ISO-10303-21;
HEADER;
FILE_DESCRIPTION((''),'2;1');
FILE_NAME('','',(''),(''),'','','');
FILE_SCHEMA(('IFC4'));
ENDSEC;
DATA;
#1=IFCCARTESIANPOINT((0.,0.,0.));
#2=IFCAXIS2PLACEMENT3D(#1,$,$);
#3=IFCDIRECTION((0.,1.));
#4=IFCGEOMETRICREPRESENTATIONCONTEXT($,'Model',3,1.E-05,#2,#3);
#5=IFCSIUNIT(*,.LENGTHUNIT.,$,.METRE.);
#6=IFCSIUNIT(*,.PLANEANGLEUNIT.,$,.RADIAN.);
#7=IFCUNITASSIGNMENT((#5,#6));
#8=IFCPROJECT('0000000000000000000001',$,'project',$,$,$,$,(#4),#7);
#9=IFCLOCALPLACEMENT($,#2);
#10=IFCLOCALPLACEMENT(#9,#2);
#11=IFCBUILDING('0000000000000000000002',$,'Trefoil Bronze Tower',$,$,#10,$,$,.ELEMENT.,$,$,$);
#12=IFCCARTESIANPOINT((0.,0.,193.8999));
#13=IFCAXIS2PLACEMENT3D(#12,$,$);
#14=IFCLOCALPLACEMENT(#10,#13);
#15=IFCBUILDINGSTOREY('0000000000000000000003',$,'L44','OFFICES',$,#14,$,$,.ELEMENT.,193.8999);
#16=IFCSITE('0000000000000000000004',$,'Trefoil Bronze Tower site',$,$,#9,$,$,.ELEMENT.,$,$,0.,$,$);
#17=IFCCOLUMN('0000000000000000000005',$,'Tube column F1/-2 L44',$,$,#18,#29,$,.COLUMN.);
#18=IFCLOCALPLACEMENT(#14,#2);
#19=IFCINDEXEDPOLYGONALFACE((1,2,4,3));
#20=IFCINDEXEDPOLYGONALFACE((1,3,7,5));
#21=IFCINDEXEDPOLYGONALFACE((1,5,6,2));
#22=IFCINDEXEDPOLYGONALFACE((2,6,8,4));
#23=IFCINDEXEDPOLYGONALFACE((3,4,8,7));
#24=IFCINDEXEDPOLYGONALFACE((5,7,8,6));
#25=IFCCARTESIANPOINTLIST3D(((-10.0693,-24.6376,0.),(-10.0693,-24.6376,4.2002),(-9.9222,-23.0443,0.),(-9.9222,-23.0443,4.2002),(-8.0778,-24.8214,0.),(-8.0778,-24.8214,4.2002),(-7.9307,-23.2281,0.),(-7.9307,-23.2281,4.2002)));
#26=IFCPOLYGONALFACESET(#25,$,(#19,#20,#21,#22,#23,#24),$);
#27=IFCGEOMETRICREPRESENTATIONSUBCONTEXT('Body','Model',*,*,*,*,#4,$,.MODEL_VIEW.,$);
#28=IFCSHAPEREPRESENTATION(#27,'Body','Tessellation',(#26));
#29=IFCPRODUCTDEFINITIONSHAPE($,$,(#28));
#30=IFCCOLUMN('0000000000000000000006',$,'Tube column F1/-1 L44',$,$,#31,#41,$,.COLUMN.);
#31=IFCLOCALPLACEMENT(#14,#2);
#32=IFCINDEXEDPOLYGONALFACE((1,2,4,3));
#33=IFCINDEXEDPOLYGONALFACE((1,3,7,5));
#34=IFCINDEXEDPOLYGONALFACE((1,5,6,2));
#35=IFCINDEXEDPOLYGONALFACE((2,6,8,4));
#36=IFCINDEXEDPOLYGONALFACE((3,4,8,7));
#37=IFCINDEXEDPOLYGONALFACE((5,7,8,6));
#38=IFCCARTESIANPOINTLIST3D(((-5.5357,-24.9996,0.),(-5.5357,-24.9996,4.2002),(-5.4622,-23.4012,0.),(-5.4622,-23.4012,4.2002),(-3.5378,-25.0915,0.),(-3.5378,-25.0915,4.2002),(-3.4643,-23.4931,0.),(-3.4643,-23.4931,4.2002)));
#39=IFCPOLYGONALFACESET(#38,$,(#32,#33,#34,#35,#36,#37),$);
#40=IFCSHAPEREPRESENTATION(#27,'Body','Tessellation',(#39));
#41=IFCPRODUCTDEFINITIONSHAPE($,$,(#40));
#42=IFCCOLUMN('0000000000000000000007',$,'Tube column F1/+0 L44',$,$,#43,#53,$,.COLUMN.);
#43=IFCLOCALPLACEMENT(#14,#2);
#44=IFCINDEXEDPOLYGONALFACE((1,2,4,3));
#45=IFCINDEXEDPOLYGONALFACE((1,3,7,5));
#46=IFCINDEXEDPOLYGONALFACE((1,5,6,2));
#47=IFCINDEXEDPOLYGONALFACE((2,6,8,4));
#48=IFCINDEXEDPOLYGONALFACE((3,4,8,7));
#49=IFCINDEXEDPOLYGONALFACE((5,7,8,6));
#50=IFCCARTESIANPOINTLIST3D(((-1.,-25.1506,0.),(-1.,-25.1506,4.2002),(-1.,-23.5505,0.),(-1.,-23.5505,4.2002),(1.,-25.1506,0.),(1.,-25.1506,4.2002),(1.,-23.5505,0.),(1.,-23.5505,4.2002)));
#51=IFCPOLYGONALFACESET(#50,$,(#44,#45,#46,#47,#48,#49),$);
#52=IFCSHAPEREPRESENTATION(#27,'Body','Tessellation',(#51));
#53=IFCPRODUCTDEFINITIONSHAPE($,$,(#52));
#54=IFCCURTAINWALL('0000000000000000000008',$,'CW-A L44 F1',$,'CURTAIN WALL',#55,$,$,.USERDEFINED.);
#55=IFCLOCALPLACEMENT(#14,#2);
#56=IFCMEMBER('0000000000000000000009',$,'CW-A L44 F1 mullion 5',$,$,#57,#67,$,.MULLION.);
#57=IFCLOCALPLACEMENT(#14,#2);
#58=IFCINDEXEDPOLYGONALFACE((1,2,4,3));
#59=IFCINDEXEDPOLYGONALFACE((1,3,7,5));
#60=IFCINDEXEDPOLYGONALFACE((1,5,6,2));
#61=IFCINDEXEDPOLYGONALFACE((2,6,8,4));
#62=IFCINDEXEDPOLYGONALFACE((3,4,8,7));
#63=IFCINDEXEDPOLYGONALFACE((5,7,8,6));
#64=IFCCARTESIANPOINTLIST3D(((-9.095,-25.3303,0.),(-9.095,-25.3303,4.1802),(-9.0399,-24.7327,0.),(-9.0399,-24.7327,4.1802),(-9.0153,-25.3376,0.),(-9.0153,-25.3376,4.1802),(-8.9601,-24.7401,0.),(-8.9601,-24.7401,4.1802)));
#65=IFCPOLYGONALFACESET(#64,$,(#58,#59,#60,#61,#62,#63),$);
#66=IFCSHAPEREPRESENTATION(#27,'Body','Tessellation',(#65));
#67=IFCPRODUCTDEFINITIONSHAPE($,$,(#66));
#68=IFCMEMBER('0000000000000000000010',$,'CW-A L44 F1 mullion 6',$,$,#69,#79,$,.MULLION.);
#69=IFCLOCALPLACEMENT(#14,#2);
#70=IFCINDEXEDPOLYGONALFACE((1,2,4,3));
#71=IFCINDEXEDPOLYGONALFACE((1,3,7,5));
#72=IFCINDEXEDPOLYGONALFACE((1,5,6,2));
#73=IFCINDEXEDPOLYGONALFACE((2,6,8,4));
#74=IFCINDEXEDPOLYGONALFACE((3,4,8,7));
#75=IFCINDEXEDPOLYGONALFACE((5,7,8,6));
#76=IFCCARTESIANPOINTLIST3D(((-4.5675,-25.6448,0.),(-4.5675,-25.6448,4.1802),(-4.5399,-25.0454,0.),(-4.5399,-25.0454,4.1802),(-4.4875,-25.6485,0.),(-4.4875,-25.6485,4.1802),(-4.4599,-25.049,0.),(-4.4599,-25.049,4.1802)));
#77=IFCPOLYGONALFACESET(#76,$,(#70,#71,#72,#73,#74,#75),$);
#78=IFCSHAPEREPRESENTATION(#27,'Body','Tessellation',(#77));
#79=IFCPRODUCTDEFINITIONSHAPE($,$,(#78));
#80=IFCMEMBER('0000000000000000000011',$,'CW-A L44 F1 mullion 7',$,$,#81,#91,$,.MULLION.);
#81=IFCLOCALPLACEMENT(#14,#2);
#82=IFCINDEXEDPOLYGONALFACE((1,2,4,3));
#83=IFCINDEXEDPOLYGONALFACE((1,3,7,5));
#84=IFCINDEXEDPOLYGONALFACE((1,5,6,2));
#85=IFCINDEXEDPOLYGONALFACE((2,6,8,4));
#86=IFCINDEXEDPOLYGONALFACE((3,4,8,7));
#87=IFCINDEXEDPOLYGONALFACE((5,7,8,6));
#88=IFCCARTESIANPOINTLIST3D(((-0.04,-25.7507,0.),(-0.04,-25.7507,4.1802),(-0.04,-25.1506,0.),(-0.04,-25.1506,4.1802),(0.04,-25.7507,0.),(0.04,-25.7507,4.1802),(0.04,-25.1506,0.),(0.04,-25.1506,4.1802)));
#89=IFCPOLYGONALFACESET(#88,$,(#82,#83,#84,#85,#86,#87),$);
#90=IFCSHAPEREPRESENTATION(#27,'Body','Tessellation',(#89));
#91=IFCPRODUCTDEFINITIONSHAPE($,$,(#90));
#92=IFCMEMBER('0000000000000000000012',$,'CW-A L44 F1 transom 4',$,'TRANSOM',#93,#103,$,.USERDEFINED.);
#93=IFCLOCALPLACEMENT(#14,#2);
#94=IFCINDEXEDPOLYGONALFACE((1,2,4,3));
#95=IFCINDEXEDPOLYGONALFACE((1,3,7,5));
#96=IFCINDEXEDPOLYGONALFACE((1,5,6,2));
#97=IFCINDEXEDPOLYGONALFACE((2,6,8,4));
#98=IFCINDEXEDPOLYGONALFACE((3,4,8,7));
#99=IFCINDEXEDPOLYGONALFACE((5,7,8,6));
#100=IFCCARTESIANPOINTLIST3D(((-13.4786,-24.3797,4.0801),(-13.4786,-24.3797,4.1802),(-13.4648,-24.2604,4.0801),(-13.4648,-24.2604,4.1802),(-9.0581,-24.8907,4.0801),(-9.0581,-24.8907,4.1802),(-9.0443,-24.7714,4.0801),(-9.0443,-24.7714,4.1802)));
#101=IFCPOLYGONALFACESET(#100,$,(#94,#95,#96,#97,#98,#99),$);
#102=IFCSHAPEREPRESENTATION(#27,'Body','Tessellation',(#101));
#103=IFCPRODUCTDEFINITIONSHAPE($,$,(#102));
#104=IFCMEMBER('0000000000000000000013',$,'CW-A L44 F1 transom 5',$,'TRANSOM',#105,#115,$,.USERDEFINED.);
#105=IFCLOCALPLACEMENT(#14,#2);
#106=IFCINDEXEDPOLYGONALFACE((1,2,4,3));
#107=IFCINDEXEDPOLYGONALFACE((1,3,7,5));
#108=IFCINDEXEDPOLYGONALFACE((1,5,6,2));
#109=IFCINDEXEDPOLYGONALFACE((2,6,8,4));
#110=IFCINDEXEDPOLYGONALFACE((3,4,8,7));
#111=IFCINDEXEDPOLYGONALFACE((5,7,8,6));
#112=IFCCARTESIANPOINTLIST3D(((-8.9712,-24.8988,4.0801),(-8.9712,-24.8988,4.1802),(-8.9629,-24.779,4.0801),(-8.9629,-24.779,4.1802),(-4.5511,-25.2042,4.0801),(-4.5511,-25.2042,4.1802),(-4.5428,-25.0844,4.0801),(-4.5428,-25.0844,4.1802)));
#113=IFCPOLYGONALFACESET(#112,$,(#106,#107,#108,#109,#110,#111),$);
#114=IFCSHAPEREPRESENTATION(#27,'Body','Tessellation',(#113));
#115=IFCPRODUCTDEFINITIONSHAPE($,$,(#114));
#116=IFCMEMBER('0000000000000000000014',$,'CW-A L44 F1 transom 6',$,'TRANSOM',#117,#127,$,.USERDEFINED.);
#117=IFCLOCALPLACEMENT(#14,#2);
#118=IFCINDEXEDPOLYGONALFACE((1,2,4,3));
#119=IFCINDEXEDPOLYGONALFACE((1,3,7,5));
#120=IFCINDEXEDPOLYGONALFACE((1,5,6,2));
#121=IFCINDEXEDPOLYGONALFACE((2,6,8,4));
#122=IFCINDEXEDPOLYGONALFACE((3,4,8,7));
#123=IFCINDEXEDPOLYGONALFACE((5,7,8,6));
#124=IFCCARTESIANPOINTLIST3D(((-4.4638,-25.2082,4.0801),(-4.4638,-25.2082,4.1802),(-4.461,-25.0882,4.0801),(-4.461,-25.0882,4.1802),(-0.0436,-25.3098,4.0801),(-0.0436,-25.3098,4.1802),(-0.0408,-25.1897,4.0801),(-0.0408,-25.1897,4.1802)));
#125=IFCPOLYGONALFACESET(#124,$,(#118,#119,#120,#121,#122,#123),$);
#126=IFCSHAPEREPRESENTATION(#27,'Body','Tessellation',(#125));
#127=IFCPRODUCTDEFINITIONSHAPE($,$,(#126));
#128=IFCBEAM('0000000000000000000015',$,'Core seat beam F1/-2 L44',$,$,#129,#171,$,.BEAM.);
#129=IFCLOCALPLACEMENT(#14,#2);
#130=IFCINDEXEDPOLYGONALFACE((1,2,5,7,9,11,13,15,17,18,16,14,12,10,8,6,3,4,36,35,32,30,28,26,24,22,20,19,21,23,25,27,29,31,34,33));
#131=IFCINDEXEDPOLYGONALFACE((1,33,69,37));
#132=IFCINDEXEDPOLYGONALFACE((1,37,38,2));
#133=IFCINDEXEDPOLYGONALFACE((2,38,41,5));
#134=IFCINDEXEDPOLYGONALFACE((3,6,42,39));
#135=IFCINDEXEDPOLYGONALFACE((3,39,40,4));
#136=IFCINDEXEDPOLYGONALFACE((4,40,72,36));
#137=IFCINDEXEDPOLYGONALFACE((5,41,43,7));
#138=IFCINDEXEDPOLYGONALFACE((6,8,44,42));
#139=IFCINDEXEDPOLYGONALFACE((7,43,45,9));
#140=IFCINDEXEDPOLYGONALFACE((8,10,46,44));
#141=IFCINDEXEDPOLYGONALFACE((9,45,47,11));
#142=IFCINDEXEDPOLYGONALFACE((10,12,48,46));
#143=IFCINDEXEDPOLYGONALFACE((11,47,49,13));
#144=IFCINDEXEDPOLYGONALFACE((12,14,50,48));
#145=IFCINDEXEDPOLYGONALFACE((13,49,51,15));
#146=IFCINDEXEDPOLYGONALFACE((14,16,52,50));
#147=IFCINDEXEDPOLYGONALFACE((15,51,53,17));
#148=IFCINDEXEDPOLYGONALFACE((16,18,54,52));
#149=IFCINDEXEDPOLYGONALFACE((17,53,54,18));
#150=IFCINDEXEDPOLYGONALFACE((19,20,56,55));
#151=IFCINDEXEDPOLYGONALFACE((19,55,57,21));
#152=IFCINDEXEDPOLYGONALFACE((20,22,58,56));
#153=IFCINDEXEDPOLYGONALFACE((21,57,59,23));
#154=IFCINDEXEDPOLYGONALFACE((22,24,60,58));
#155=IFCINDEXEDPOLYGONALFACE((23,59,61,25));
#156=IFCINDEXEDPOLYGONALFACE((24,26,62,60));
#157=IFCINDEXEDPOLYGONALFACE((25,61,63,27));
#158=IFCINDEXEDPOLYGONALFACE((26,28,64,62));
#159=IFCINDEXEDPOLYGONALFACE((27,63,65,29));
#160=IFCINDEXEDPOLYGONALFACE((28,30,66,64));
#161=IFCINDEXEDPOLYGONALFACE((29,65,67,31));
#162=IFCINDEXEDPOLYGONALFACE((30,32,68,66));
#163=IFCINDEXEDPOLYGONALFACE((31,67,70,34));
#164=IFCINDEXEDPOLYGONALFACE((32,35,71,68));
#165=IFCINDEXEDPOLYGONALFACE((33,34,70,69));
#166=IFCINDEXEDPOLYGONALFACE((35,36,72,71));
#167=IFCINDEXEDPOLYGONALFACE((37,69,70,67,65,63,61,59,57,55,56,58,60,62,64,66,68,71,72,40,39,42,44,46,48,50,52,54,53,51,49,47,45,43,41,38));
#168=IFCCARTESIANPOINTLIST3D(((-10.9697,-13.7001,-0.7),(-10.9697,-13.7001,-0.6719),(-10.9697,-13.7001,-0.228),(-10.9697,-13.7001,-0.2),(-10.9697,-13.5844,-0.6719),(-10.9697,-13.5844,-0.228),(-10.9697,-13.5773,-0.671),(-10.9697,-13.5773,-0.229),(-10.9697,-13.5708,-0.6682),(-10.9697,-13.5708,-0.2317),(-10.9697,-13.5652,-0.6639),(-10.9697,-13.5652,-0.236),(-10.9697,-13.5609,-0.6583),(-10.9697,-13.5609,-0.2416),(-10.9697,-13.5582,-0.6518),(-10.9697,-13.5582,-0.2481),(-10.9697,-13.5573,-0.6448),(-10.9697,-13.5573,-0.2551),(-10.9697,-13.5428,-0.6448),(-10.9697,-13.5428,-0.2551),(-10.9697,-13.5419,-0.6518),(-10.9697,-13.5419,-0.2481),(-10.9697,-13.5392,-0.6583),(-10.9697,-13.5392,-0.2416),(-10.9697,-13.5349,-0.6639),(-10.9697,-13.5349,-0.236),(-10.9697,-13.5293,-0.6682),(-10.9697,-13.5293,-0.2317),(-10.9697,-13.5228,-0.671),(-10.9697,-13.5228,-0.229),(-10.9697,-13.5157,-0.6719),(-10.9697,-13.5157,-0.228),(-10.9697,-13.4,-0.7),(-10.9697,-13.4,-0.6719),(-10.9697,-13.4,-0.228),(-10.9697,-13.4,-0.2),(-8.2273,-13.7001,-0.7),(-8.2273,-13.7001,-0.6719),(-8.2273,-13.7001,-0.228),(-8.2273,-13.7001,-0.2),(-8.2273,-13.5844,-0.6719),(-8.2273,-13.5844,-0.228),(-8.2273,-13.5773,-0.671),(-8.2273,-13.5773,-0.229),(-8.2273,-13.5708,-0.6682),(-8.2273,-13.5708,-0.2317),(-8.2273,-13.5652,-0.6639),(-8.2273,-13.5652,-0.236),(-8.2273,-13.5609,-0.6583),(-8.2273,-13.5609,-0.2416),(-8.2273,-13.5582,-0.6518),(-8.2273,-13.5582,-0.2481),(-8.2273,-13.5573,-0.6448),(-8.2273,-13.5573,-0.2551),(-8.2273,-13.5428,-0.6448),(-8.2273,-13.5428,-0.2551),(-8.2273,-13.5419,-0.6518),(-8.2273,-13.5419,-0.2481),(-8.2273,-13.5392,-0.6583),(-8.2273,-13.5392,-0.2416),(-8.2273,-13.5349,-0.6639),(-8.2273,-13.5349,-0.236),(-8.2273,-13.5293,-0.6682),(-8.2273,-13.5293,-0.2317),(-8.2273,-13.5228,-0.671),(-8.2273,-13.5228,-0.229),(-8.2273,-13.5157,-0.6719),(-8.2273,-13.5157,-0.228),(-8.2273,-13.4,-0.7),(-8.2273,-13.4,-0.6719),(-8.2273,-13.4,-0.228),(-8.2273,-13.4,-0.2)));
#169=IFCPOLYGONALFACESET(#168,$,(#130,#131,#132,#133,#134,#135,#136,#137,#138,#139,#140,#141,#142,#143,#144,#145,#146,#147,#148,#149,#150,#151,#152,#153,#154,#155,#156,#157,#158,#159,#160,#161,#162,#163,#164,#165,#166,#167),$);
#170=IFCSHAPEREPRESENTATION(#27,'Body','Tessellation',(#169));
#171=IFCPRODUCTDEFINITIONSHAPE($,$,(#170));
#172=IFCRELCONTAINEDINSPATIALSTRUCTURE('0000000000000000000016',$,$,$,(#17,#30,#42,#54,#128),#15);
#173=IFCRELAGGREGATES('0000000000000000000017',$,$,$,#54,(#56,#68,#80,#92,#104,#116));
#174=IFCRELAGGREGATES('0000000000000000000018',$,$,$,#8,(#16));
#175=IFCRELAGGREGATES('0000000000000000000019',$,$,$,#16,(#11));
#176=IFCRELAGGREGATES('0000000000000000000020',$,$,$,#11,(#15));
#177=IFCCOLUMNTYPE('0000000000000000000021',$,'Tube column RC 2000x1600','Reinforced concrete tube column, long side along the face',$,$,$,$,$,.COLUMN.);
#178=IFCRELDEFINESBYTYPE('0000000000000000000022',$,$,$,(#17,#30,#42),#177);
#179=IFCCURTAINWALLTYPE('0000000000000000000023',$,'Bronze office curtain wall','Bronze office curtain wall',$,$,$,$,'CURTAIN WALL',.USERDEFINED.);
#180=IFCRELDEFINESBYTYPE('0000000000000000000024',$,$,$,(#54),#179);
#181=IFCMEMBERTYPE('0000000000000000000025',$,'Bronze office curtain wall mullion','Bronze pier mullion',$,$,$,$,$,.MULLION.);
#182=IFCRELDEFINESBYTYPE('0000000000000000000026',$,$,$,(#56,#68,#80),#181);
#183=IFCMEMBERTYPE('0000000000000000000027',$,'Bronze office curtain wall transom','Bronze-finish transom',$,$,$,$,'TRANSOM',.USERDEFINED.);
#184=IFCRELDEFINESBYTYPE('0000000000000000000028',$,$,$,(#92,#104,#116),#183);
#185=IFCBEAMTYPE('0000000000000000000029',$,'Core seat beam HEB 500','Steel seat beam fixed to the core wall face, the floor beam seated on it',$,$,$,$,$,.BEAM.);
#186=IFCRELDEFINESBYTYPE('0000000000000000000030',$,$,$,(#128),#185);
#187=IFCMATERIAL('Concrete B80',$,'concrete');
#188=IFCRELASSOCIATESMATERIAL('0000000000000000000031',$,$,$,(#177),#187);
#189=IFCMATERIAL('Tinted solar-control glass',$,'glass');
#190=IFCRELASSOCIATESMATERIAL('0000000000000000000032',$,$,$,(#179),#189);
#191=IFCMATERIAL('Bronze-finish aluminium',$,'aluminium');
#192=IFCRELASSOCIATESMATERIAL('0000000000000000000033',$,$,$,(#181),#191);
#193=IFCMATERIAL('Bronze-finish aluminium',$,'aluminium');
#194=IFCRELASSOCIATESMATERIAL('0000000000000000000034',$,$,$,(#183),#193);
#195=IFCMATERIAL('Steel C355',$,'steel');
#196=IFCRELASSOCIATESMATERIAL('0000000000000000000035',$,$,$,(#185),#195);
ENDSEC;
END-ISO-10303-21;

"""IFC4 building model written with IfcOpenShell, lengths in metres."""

from ifc_helpers import new_model, si_unit, direction, frame, origin, origin_2d, place, context, subcontext, project, spatial, rectangle, i_section, extrude, material, material_profile, profile_set, type_object, element, aggregate, save


model = new_model("IFC4")

# Units and contexts
model_context = context("Model", 3, precision=1e-05, world=origin(), true_north=direction((0.0, 1.0)))
body_context = subcontext(model_context, "Body", "Model", "MODEL_VIEW")
ifc_project = project(units=[si_unit("LENGTHUNIT", "METRE"), si_unit("PLANEANGLEUNIT", "RADIAN")], contexts=[model_context])

# Site, building, storey
site_placement = place(None, origin())
site = spatial("IfcSite", under=ifc_project, at=site_placement, Name="Trefoil Bronze Tower site", CompositionType="ELEMENT", RefElevation=0.0)
building_placement = place(site_placement, origin())
building = spatial("IfcBuilding", under=site, at=building_placement, Name="Trefoil Bronze Tower", CompositionType="ELEMENT")
storey_placement = place(building_placement, frame((0.0, 0.0, 193.8999)))
storey = spatial("IfcBuildingStorey", under=building, at=storey_placement, Name="L44", Description="OFFICES", CompositionType="ELEMENT", Elevation=193.8999)

# Columns
ifc_material_1 = material(Name="Concrete B80", Category="concrete")
ifc_material_profile_1 = material_profile(ifc_material_1, rectangle(XDim=2.0, YDim=1.6001, at=origin_2d()), Name="RC 2000x1600")
ifc_profile_set_1 = profile_set([ifc_material_profile_1], Name="Concrete B80")
column_type = type_object("IfcColumnType", Name="Tube column RC 2000x1600", Description="Reinforced concrete tube column, long side along the face", PredefinedType="COLUMN", material=ifc_profile_set_1)
for number, where, z_axis, x_axis, name in (
    (1, (-9.0, -23.9329, 0.0), (0.0, 0.0, 1.0), (0.995767, -0.091911, 0.0), "Tube column F1/-2 L44"),
    (2, (-4.5, -24.2463, 0.0), (0.0, 0.0, 1.0), (0.998943, -0.045956, 0.0), "Tube column F1/-1 L44"),
    (3, (0.0, -24.3506, 0.0), (0.0, 0.0, 1.0), (1.0, 0.0, 0.0), "Tube column F1/+0 L44"),
):
    element("IfcColumn", number, at=place(storey_placement, frame(where, z_axis=z_axis, x_axis=x_axis)), inside=storey, type_object=column_type, Name=name, PredefinedType="COLUMN", context=body_context, shape_type="SweptSolid", body=[
        extrude(rectangle(XDim=2.0, YDim=1.6001, at=origin_2d()), origin(), (0.0, 0.0, 1.0), 4.2002),
    ])

# Curtain wall, members
ifc_material_2 = material(Name="Tinted solar-control glass", Category="glass")
curtain_wall_type = type_object("IfcCurtainWallType", Name="Bronze office curtain wall", Description="Bronze office curtain wall", ElementType="CURTAIN WALL", PredefinedType="USERDEFINED", material=ifc_material_2)
curtain_wall_placement = place(storey_placement, origin())
curtain_wall = element("IfcCurtainWall", 4, at=curtain_wall_placement, inside=storey, type_object=curtain_wall_type, Name="CW-A L44 F1", ObjectType="CURTAIN WALL", PredefinedType="USERDEFINED")
ifc_material_3 = material(Name="Bronze-finish aluminium", Category="aluminium")
ifc_material_profile_2 = material_profile(ifc_material_3, rectangle(XDim=0.6001, YDim=0.0801, at=origin_2d()), Name="CW-A mullion")
ifc_profile_set_2 = profile_set([ifc_material_profile_2], Name="Bronze-finish aluminium")
member_type_1 = type_object("IfcMemberType", Name="Bronze office curtain wall mullion", Description="Bronze pier mullion", PredefinedType="MULLION", material=ifc_profile_set_2)
member_1_placement = place(storey_placement, frame((-9.0276, -25.0352, 0.0), z_axis=(0.0, 0.0, 1.0), x_axis=(0.091911, 0.995767, 0.0)))
member_1 = element("IfcMember", 5, at=member_1_placement, type_object=member_type_1, Name="CW-A L44 F1 mullion 5", PredefinedType="MULLION", context=body_context, shape_type="SweptSolid", body=[
    extrude(rectangle(XDim=0.6001, YDim=0.0801, at=origin_2d()), origin(), (0.0, 0.0, 1.0), 4.1802),
])
member_2_placement = place(storey_placement, frame((-4.5137, -25.3469, 0.0), z_axis=(0.0, 0.0, 1.0), x_axis=(0.045956, 0.998943, 0.0)))
member_2 = element("IfcMember", 6, at=member_2_placement, type_object=member_type_1, Name="CW-A L44 F1 mullion 6", PredefinedType="MULLION", context=body_context, shape_type="SweptSolid", body=[
    extrude(rectangle(XDim=0.6001, YDim=0.0801, at=origin_2d()), origin(), (0.0, 0.0, 1.0), 4.1802),
])
member_3_placement = place(storey_placement, frame((0.0, -25.4507, 0.0), z_axis=(0.0, 0.0, 1.0), x_axis=(0.0, 1.0, 0.0)))
member_3 = element("IfcMember", 7, at=member_3_placement, type_object=member_type_1, Name="CW-A L44 F1 mullion 7", PredefinedType="MULLION", context=body_context, shape_type="SweptSolid", body=[
    extrude(rectangle(XDim=0.6001, YDim=0.0801, at=origin_2d()), origin(), (0.0, 0.0, 1.0), 4.1802),
])
ifc_material_4 = material(Name="Bronze-finish aluminium", Category="aluminium")
ifc_material_profile_3 = material_profile(ifc_material_4, rectangle(XDim=0.1201, YDim=0.1001, at=origin_2d()), Name="CW-A transom")
ifc_profile_set_3 = profile_set([ifc_material_profile_3], Name="Bronze-finish aluminium")
member_type_2 = type_object("IfcMemberType", Name="Bronze office curtain wall transom", Description="Bronze-finish transom", ElementType="TRANSOM", PredefinedType="USERDEFINED", material=ifc_profile_set_3)
member_4_placement = place(storey_placement, frame((-13.4717, -24.3201, 4.1301), z_axis=(0.993385, -0.114832, 0.0), x_axis=(0.114832, 0.993385, 0.0)))
member_4 = element("IfcMember", 8, at=member_4_placement, type_object=member_type_2, Name="CW-A L44 F1 transom 4", ObjectType="TRANSOM", PredefinedType="USERDEFINED", context=body_context, shape_type="SweptSolid", body=[
    extrude(rectangle(XDim=0.1201, YDim=0.1001, at=origin_2d()), origin(), (0.0, 0.0, 1.0), 4.45),
])
member_5_placement = place(storey_placement, frame((-8.967, -24.8389, 4.1301), z_axis=(0.997621, -0.068933, 0.0), x_axis=(0.068933, 0.997621, 0.0)))
member_5 = element("IfcMember", 9, at=member_5_placement, type_object=member_type_2, Name="CW-A L44 F1 transom 5", ObjectType="TRANSOM", PredefinedType="USERDEFINED", context=body_context, shape_type="SweptSolid", body=[
    extrude(rectangle(XDim=0.1201, YDim=0.1001, at=origin_2d()), origin(), (0.0, 0.0, 1.0), 4.4307),
])
member_6_placement = place(storey_placement, frame((-4.4624, -25.1482, 4.1301), z_axis=(0.999736, -0.022971, 0.0), x_axis=(0.022971, 0.999736, 0.0)))
member_6 = element("IfcMember", 10, at=member_6_placement, type_object=member_type_2, Name="CW-A L44 F1 transom 6", ObjectType="TRANSOM", PredefinedType="USERDEFINED", context=body_context, shape_type="SweptSolid", body=[
    extrude(rectangle(XDim=0.1201, YDim=0.1001, at=origin_2d()), origin(), (0.0, 0.0, 1.0), 4.4214),
])

# Beam
ifc_material_5 = material(Name="Steel C355", Category="steel")
ifc_material_profile_4 = material_profile(ifc_material_5, i_section(OverallWidth=0.3, OverallDepth=0.5, WebThickness=0.0144, FlangeThickness=0.0281, FilletRadius=0.0271, at=origin_2d()), Name="HEB 500")
ifc_profile_set_4 = profile_set([ifc_material_profile_4], Name="Steel C355")
beam_type_1 = type_object("IfcBeamType", Name="Core seat beam HEB 500", Description="Steel seat beam fixed to the core wall face, the floor beam seated on it", PredefinedType="BEAM", material=ifc_profile_set_4)
for number, where, z_axis, x_axis, name in (
    (11, (-10.9697, -13.55, -0.45), (1.0, 0.0, 0.0), (0.0, 1.0, 0.0), "Core seat beam F1/-2 L44"),
):
    element("IfcBeam", number, at=place(storey_placement, frame(where, z_axis=z_axis, x_axis=x_axis)), inside=storey, type_object=beam_type_1, Name=name, PredefinedType="BEAM", context=body_context, shape_type="SweptSolid", body=[
        extrude(i_section(OverallWidth=0.3, OverallDepth=0.5, WebThickness=0.0144, FlangeThickness=0.0281, FilletRadius=0.0271, at=origin_2d()), origin(), (0.0, 0.0, 1.0), 2.7424),
    ])

aggregate(curtain_wall, [member_1, member_2, member_3, member_4, member_5, member_6])

save(model, "model.ifc")
